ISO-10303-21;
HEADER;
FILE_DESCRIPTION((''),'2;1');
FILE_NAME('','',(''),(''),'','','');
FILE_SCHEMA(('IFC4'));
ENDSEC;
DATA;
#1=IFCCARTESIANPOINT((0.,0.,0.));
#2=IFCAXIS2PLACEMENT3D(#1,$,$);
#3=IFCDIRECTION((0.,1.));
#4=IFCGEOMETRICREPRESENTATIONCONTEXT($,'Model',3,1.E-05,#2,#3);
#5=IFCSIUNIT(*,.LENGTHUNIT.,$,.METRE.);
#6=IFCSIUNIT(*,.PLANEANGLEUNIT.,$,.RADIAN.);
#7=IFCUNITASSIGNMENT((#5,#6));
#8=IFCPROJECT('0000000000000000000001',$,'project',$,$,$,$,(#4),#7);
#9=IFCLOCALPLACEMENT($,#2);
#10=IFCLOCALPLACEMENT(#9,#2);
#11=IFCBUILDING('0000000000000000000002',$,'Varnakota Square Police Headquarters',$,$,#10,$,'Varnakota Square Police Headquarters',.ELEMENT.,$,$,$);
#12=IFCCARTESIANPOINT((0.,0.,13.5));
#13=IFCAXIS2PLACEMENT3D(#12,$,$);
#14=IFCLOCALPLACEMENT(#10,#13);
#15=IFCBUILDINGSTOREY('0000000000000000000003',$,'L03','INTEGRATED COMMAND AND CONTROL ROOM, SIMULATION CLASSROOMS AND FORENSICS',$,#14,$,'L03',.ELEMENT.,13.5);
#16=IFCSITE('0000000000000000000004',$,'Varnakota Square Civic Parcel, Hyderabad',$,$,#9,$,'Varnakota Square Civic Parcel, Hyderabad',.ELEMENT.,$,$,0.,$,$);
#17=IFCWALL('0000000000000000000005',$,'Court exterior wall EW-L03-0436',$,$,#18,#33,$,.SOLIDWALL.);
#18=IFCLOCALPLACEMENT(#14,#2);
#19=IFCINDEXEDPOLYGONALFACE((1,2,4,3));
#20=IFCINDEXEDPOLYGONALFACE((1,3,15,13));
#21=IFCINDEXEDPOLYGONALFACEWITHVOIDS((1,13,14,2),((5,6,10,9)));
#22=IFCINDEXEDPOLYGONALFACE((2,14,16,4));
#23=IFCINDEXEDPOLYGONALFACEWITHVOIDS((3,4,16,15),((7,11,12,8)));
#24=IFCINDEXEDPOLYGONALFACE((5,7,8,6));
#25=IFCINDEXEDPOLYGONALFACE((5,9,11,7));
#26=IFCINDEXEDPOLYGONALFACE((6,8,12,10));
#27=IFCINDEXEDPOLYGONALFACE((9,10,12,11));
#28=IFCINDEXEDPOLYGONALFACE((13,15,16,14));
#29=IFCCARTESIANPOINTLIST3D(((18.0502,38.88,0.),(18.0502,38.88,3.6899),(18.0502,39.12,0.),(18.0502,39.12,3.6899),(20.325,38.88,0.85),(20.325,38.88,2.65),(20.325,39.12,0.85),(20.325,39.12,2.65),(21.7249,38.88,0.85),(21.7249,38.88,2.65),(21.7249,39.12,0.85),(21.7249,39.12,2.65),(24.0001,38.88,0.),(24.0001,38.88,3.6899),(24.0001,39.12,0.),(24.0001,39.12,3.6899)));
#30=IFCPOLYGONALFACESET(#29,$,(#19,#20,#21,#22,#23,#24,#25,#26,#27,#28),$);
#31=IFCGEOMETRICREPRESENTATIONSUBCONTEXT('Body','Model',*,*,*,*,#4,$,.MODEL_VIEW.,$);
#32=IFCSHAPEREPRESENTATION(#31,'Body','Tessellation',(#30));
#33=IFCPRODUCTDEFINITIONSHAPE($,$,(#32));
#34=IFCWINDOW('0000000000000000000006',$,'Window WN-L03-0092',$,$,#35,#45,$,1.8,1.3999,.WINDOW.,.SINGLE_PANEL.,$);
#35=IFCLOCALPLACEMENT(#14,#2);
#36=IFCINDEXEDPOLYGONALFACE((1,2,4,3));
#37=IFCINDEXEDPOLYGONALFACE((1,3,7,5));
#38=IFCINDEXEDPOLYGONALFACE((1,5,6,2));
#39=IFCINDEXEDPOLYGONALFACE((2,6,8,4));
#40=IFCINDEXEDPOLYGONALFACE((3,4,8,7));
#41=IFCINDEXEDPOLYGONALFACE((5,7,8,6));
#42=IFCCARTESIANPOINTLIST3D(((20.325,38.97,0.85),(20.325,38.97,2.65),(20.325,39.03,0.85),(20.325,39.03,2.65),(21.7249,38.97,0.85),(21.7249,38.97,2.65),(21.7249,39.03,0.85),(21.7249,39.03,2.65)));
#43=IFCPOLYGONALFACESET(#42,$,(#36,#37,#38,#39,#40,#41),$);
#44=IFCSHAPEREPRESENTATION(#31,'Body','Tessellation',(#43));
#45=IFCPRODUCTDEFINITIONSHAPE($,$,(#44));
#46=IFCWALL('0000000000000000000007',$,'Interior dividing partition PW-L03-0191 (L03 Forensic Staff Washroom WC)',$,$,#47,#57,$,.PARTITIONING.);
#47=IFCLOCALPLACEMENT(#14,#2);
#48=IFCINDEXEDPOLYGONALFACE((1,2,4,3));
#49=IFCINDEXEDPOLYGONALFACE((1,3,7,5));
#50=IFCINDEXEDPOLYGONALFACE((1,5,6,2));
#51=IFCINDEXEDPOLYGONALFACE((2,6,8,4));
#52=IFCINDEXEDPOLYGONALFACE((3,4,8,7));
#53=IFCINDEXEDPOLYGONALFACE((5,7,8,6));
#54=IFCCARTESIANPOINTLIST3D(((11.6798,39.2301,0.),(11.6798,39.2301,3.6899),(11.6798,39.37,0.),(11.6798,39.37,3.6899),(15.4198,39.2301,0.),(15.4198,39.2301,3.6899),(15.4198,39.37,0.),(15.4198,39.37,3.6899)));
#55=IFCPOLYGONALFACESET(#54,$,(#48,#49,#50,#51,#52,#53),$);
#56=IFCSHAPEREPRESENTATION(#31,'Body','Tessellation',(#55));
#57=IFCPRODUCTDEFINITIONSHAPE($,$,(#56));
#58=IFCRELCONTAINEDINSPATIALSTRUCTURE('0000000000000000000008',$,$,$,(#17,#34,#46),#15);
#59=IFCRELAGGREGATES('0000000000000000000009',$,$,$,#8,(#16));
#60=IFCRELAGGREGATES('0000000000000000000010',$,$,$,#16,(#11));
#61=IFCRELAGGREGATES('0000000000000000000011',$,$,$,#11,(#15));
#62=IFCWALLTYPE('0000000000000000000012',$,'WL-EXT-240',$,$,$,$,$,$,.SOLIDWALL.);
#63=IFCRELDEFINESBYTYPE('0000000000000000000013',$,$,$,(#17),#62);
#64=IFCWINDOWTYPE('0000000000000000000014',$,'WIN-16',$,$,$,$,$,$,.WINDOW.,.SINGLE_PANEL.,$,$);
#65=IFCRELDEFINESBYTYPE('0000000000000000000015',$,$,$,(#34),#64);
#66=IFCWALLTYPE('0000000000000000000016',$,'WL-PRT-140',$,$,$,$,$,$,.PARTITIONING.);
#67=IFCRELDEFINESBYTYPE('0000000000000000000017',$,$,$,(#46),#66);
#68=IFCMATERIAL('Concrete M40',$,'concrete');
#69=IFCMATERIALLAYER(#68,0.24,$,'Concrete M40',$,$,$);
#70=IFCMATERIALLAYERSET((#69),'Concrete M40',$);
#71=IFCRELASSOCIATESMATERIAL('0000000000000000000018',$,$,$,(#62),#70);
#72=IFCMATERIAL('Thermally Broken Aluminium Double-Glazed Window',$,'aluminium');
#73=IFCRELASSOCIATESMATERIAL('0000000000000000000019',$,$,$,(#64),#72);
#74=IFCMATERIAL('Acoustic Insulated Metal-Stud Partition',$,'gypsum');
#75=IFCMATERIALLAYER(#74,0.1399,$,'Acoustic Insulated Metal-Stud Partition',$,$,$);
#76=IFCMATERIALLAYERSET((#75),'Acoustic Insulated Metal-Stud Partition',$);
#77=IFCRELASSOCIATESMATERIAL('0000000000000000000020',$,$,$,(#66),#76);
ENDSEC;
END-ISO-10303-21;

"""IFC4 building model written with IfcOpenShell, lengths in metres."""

from ifc_helpers import new_model, si_unit, direction, frame, frame_2d, origin, place, context, subcontext, project, spatial, rectangle, extrude, material, layer, layer_set, type_object, element, fill, save


model = new_model("IFC4")

# Units and contexts
model_context = context("Model", 3, precision=1e-05, world=origin(), true_north=direction((0.0, 1.0)))
body_context = subcontext(model_context, "Body", "Model", "MODEL_VIEW")
ifc_project = project(units=[si_unit("LENGTHUNIT", "METRE"), si_unit("PLANEANGLEUNIT", "RADIAN")], contexts=[model_context])

# Site, building, storey
site_placement = place(None, origin())
site = spatial("IfcSite", under=ifc_project, at=site_placement, Name="Varnakota Square Civic Parcel, Hyderabad", LongName="Varnakota Square Civic Parcel, Hyderabad", CompositionType="ELEMENT", RefElevation=0.0)
building_placement = place(site_placement, origin())
building = spatial("IfcBuilding", under=site, at=building_placement, Name="Varnakota Square Police Headquarters", LongName="Varnakota Square Police Headquarters", CompositionType="ELEMENT")
storey_placement = place(building_placement, frame((0.0, 0.0, 13.5)))
storey = spatial("IfcBuildingStorey", under=building, at=storey_placement, Name="L03", Description="INTEGRATED COMMAND AND CONTROL ROOM, SIMULATION CLASSROOMS AND FORENSICS", LongName="L03", CompositionType="ELEMENT", Elevation=13.5)

# Shared definitions
ifc_material_1 = material(Name="Concrete M40", Category="concrete")

# Wall, opening, window
ifc_layer_1 = layer(ifc_material_1, 0.24, Name="Concrete M40")
ifc_layer_set_1 = layer_set([ifc_layer_1], Name="Concrete M40")
wall_type_1 = type_object("IfcWallType", Name="WL-EXT-240", PredefinedType="SOLIDWALL", material=ifc_layer_set_1)
wall_1_placement = place(storey_placement, frame((18.05, 39.0, 0.0), z_axis=(0.0, 0.0, 1.0), x_axis=(1.0, 0.0, 0.0)))
wall_1 = element("IfcWall", 1, at=wall_1_placement, inside=storey, type_object=wall_type_1, Name="Court exterior wall EW-L03-0436", PredefinedType="SOLIDWALL", context=body_context, shape_type="SweptSolid", body=[
    extrude(rectangle(XDim=5.95, YDim=0.24, at=frame_2d((2.9751, 0.0))), origin(), (0.0, 0.0, 1.0), 3.6899),
])
opening_1_placement = place(wall_1_placement, frame((2.2749, 0.0, 0.8501)))
opening_1 = element("IfcOpeningElement", 2, at=opening_1_placement, cuts=wall_1, PredefinedType="OPENING", context=body_context, shape_type="SweptSolid", body=[
    extrude(rectangle(XDim=1.3999, YDim=1.8, at=frame_2d((0.7, 0.8999))), frame((0.0, 0.1299, 0.0), z_axis=(0.0, -1.0, 0.0), x_axis=(1.0, 0.0, 0.0)), (0.0, 0.0, 1.0), 0.26),
])
ifc_material_2 = material(Name="Thermally Broken Aluminium Double-Glazed Window", Category="aluminium")
window_type = type_object("IfcWindowType", Name="WIN-16", PartitioningType="SINGLE_PANEL", PredefinedType="WINDOW", material=ifc_material_2)
window_placement = place(opening_1_placement, origin())
window = element("IfcWindow", 3, at=window_placement, inside=storey, type_object=window_type, Name="Window WN-L03-0092", OverallHeight=1.8, OverallWidth=1.3999, PartitioningType="SINGLE_PANEL", PredefinedType="WINDOW", context=body_context, shape_type="SweptSolid", body=[
    extrude(rectangle(XDim=1.3999, YDim=1.8, at=frame_2d((0.7, 0.8999))), frame((0.0, 0.03, 0.0), z_axis=(0.0, -1.0, 0.0), x_axis=(1.0, 0.0, 0.0)), (0.0, 0.0, 1.0), 0.0601),
])
fill(opening_1, window)

# Wall
ifc_material_3 = material(Name="Acoustic Insulated Metal-Stud Partition", Category="gypsum")
ifc_layer_2 = layer(ifc_material_3, 0.1399, Name="Acoustic Insulated Metal-Stud Partition")
ifc_layer_set_2 = layer_set([ifc_layer_2], Name="Acoustic Insulated Metal-Stud Partition")
wall_type_2 = type_object("IfcWallType", Name="WL-PRT-140", PredefinedType="PARTITIONING", material=ifc_layer_set_2)
wall_2_placement = place(storey_placement, frame((15.4199, 39.3, 0.0), z_axis=(0.0, 0.0, 1.0), x_axis=(-1.0, 0.0, 0.0)))
element("IfcWall", 4, at=wall_2_placement, inside=storey, type_object=wall_type_2, Name="Interior dividing partition PW-L03-0191 (L03 Forensic Staff Washroom WC)", PredefinedType="PARTITIONING", context=body_context, shape_type="SweptSolid", body=[
    extrude(rectangle(XDim=3.74, YDim=0.1399, at=frame_2d((1.8701, 0.0))), origin(), (0.0, 0.0, 1.0), 3.6899),
])

save(model, "model.ifc")
